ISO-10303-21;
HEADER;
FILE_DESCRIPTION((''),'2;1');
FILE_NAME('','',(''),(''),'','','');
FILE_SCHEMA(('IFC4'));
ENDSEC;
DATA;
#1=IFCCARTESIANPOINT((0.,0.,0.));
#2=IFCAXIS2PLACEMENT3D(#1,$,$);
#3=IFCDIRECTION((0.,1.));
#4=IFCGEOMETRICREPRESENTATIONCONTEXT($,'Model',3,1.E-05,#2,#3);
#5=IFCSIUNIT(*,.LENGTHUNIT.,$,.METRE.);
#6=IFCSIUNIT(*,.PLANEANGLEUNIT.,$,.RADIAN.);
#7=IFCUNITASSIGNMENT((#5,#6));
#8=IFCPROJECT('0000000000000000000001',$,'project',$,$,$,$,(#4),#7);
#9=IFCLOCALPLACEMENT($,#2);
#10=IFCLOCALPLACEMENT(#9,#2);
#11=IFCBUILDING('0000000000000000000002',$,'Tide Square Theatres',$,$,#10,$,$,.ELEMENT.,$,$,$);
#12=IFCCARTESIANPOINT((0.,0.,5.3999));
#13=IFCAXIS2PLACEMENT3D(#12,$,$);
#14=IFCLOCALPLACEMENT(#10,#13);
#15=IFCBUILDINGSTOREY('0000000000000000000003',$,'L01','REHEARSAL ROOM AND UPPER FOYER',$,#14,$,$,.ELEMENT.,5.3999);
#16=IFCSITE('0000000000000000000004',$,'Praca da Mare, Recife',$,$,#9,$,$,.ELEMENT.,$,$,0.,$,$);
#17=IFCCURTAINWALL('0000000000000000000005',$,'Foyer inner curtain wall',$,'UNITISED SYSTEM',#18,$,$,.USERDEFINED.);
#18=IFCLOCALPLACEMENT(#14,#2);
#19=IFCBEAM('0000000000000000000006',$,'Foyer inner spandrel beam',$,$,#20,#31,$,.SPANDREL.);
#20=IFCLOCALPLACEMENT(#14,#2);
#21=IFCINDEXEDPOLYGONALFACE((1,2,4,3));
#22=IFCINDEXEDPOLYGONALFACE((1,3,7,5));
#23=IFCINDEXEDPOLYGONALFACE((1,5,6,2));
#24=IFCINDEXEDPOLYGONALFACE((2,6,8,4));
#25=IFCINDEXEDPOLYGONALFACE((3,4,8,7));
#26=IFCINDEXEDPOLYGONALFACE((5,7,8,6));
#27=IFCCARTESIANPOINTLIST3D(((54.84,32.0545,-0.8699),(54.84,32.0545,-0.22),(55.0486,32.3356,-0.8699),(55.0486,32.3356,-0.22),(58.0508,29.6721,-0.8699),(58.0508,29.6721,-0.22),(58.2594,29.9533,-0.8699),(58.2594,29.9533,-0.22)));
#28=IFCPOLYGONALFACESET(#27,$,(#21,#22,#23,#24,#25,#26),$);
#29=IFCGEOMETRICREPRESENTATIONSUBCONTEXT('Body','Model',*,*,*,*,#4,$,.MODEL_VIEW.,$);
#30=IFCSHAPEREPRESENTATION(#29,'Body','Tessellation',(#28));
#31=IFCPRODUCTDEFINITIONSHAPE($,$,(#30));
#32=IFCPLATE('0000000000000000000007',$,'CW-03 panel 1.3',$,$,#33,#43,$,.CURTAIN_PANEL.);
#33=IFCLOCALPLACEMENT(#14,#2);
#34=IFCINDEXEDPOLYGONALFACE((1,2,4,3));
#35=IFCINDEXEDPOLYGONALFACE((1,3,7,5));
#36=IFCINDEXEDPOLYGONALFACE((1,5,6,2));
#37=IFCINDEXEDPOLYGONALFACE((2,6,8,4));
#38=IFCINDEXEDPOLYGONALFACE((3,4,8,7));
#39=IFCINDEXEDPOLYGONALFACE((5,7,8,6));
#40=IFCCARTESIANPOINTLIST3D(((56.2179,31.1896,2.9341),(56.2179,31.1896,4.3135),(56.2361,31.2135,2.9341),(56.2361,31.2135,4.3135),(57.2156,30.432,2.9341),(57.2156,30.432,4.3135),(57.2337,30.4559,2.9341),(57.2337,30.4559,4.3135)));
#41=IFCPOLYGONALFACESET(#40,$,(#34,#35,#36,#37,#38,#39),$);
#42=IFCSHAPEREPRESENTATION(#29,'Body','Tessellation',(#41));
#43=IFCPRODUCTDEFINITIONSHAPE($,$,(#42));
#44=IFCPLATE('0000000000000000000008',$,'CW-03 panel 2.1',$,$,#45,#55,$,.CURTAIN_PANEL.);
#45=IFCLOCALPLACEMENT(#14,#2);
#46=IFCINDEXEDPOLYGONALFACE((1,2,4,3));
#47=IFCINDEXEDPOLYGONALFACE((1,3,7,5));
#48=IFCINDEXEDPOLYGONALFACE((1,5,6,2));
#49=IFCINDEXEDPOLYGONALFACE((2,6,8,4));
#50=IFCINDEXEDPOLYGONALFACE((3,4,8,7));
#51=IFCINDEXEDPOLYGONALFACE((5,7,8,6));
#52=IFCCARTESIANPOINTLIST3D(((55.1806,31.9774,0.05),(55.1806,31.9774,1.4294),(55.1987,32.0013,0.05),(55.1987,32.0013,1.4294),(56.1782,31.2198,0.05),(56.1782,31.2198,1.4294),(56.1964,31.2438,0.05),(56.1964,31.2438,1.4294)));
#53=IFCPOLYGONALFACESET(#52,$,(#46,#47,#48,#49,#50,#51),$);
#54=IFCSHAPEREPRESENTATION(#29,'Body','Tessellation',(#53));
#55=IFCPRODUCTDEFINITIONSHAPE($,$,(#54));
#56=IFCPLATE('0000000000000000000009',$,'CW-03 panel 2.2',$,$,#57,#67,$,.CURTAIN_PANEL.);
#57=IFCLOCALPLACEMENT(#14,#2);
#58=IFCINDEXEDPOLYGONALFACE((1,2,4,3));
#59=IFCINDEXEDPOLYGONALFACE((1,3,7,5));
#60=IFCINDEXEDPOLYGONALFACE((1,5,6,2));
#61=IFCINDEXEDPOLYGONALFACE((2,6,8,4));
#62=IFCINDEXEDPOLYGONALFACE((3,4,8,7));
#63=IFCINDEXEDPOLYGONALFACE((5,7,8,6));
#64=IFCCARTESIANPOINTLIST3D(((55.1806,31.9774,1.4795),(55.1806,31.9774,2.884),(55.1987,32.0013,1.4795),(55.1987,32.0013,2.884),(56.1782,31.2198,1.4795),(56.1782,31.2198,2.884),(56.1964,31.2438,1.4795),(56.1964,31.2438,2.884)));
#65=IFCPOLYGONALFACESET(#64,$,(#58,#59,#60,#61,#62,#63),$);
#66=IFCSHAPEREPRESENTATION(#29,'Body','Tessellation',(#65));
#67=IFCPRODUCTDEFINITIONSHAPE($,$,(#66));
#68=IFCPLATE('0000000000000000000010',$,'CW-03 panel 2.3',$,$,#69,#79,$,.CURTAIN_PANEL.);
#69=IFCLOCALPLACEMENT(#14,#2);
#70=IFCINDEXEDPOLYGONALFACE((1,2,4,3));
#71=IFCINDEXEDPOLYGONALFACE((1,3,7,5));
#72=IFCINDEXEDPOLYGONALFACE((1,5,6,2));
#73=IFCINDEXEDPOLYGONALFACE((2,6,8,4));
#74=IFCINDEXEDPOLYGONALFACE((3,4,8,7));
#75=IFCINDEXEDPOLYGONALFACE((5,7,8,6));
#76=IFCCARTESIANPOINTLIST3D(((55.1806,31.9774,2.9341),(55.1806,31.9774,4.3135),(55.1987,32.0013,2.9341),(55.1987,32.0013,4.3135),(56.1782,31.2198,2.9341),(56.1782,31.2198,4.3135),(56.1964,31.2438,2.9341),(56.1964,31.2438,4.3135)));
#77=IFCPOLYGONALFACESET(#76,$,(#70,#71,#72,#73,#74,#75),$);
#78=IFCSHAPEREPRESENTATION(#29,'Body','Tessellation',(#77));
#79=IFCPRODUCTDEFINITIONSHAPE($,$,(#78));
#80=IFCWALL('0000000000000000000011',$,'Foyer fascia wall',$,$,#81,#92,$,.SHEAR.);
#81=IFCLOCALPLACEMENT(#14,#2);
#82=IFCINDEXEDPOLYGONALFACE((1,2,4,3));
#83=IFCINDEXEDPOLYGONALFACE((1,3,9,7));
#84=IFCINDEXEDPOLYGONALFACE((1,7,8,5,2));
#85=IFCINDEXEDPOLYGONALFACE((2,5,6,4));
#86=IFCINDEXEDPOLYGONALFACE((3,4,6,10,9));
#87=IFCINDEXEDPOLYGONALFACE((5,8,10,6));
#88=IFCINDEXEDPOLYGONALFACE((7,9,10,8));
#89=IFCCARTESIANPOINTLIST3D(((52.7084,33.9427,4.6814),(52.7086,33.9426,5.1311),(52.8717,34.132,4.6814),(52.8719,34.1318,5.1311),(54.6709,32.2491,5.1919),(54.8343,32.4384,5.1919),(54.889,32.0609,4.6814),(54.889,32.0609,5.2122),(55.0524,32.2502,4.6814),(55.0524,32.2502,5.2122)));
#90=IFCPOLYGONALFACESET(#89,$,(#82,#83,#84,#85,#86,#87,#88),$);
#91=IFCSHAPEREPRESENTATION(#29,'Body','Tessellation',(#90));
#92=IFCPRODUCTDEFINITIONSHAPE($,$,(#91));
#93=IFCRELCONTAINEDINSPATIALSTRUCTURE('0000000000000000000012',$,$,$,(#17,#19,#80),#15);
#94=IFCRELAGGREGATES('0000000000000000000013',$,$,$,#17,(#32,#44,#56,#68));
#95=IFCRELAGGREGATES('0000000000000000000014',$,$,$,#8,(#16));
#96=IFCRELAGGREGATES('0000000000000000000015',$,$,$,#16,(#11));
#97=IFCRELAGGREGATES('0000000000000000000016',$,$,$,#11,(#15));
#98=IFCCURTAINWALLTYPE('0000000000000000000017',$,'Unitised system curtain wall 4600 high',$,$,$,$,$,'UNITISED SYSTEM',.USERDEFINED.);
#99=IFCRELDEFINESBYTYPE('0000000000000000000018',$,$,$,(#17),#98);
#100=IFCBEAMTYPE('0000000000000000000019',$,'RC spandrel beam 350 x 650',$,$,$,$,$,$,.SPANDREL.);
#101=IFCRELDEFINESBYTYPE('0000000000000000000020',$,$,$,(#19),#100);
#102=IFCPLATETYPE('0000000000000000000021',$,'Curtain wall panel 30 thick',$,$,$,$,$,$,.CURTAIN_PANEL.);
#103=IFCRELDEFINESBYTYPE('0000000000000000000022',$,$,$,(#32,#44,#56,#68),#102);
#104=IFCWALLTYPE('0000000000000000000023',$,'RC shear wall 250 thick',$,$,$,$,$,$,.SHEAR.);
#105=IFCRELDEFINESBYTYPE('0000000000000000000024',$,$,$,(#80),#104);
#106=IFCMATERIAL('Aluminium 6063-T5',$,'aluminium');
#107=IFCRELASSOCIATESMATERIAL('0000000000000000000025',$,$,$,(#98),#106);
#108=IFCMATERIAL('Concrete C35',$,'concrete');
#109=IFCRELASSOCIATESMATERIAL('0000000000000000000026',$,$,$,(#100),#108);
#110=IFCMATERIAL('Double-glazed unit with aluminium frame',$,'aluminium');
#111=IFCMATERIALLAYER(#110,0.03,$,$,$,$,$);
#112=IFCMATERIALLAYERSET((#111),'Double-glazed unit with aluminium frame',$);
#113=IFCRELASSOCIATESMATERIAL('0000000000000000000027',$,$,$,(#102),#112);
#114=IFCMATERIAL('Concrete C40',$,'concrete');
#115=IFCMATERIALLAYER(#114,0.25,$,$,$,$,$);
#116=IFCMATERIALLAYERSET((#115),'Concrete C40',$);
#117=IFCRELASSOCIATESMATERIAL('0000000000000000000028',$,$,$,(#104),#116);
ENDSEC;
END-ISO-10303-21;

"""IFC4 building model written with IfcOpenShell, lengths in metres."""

from ifc_helpers import new_model, si_unit, direction, frame, origin, origin_2d, place, context, subcontext, project, spatial, polyline, rectangle, outline, extrude, material, layer, layer_set, material_profile, profile_set, type_object, element, aggregate, save


model = new_model("IFC4")

# Units and contexts
model_context = context("Model", 3, precision=1e-05, world=origin(), true_north=direction((0.0, 1.0)))
body_context = subcontext(model_context, "Body", "Model", "MODEL_VIEW")
ifc_project = project(units=[si_unit("LENGTHUNIT", "METRE"), si_unit("PLANEANGLEUNIT", "RADIAN")], contexts=[model_context])

# Site, building, storey
site_placement = place(None, origin())
site = spatial("IfcSite", under=ifc_project, at=site_placement, Name="Praca da Mare, Recife", CompositionType="ELEMENT", RefElevation=0.0)
building_placement = place(site_placement, origin())
building = spatial("IfcBuilding", under=site, at=building_placement, Name="Tide Square Theatres", CompositionType="ELEMENT")
storey_placement = place(building_placement, frame((0.0, 0.0, 5.3999)))
storey = spatial("IfcBuildingStorey", under=building, at=storey_placement, Name="L01", Description="REHEARSAL ROOM AND UPPER FOYER", CompositionType="ELEMENT", Elevation=5.3999)

# Curtain wall
ifc_material_1 = material(Name="Aluminium 6063-T5", Category="aluminium")
curtain_wall_type = type_object("IfcCurtainWallType", Name="Unitised system curtain wall 4600 high", ElementType="UNITISED SYSTEM", PredefinedType="USERDEFINED", material=ifc_material_1)
curtain_wall_1_placement = place(storey_placement, origin())
curtain_wall_1 = element("IfcCurtainWall", 1, at=curtain_wall_1_placement, inside=storey, type_object=curtain_wall_type, Name="Foyer inner curtain wall", ObjectType="UNITISED SYSTEM", PredefinedType="USERDEFINED")

# Beam
ifc_material_2 = material(Name="Concrete C35", Category="concrete")
ifc_material_profile_1 = material_profile(ifc_material_2, rectangle(XDim=0.3501, YDim=0.6499, at=origin_2d()))
ifc_profile_set_1 = profile_set([ifc_material_profile_1], Name="Concrete C35")
beam_type_1 = type_object("IfcBeamType", Name="RC spandrel beam 350 x 650", PredefinedType="SPANDREL", material=ifc_profile_set_1)
beam_1_placement = place(storey_placement, frame((54.9443, 32.1951, -0.5449), z_axis=(0.803074, -0.595879, 0.0), x_axis=(0.595879, 0.803074, 0.0)))
element("IfcBeam", 2, at=beam_1_placement, inside=storey, type_object=beam_type_1, Name="Foyer inner spandrel beam", PredefinedType="SPANDREL", context=body_context, shape_type="SweptSolid", body=[
    extrude(rectangle(XDim=0.3501, YDim=0.6499, at=origin_2d()), origin(), (0.0, 0.0, 1.0), 3.998),
])

# Plates
ifc_material_3 = material(Name="Double-glazed unit with aluminium frame", Category="aluminium")
ifc_layer_1 = layer(ifc_material_3, 0.03)
ifc_layer_set_1 = layer_set([ifc_layer_1], Name="Double-glazed unit with aluminium frame")
plate_type = type_object("IfcPlateType", Name="Curtain wall panel 30 thick", PredefinedType="CURTAIN_PANEL", material=ifc_layer_set_1)
plate_1_placement = place(storey_placement, frame((56.7258, 30.8228, 2.9341), z_axis=(0.0, 0.0, 1.0), x_axis=(-0.796397, 0.604774, 0.0)))
plate_1 = element("IfcPlate", 3, at=plate_1_placement, type_object=plate_type, Name="CW-03 panel 1.3", PredefinedType="CURTAIN_PANEL", context=body_context, shape_type="SweptSolid", body=[
    extrude(rectangle(XDim=1.2527, YDim=0.03, at=origin_2d()), origin(), (0.0, 0.0, 1.0), 1.3794),
])
plate_2_placement = place(storey_placement, frame((55.6885, 31.6106, 0.05), z_axis=(0.0, 0.0, 1.0), x_axis=(-0.796397, 0.604774, 0.0)))
plate_2 = element("IfcPlate", 4, at=plate_2_placement, type_object=plate_type, Name="CW-03 panel 2.1", PredefinedType="CURTAIN_PANEL", context=body_context, shape_type="SweptSolid", body=[
    extrude(rectangle(XDim=1.2527, YDim=0.03, at=origin_2d()), origin(), (0.0, 0.0, 1.0), 1.3794),
])
plate_3_placement = place(storey_placement, frame((55.6885, 31.6106, 1.4795), z_axis=(0.0, 0.0, 1.0), x_axis=(-0.796397, 0.604774, 0.0)))
plate_3 = element("IfcPlate", 5, at=plate_3_placement, type_object=plate_type, Name="CW-03 panel 2.2", PredefinedType="CURTAIN_PANEL", context=body_context, shape_type="SweptSolid", body=[
    extrude(rectangle(XDim=1.2527, YDim=0.03, at=origin_2d()), origin(), (0.0, 0.0, 1.0), 1.4045),
])
plate_4_placement = place(storey_placement, frame((55.6885, 31.6106, 2.9341), z_axis=(0.0, 0.0, 1.0), x_axis=(-0.796397, 0.604774, 0.0)))
plate_4 = element("IfcPlate", 6, at=plate_4_placement, type_object=plate_type, Name="CW-03 panel 2.3", PredefinedType="CURTAIN_PANEL", context=body_context, shape_type="SweptSolid", body=[
    extrude(rectangle(XDim=1.2527, YDim=0.03, at=origin_2d()), origin(), (0.0, 0.0, 1.0), 1.3794),
])
aggregate(curtain_wall_1, [plate_1, plate_2, plate_3, plate_4])

# Wall
ifc_material_4 = material(Name="Concrete C40", Category="concrete")
ifc_layer_2 = layer(ifc_material_4, 0.25)
ifc_layer_set_2 = layer_set([ifc_layer_2], Name="Concrete C40")
wall_type = type_object("IfcWallType", Name="RC shear wall 250 thick", PredefinedType="SHEAR", material=ifc_layer_set_2)
wall_placement = place(storey_placement, frame((54.9707, 32.1555, 4.6814), z_axis=(0.0, 0.0, 1.0), x_axis=(-0.757075, 0.653329, 0.0)))
element("IfcWall", 7, at=wall_placement, inside=storey, type_object=wall_type, Name="Foyer fascia wall", PredefinedType="SHEAR", context=body_context, shape_type="SweptSolid", body=[
    extrude(outline(polyline([(0.0, 0.0), (2.8804, 0.0), (2.8801, 0.4497), (0.2881, 0.5105), (0.0, 0.5308), (0.0, 0.0)])), frame((0.0, 0.125, 0.0), z_axis=(0.0, -1.0, 0.0), x_axis=(1.0, 0.0, 0.0)), (0.0, 0.0, 1.0), 0.25),
])

save(model, "model.ifc")
